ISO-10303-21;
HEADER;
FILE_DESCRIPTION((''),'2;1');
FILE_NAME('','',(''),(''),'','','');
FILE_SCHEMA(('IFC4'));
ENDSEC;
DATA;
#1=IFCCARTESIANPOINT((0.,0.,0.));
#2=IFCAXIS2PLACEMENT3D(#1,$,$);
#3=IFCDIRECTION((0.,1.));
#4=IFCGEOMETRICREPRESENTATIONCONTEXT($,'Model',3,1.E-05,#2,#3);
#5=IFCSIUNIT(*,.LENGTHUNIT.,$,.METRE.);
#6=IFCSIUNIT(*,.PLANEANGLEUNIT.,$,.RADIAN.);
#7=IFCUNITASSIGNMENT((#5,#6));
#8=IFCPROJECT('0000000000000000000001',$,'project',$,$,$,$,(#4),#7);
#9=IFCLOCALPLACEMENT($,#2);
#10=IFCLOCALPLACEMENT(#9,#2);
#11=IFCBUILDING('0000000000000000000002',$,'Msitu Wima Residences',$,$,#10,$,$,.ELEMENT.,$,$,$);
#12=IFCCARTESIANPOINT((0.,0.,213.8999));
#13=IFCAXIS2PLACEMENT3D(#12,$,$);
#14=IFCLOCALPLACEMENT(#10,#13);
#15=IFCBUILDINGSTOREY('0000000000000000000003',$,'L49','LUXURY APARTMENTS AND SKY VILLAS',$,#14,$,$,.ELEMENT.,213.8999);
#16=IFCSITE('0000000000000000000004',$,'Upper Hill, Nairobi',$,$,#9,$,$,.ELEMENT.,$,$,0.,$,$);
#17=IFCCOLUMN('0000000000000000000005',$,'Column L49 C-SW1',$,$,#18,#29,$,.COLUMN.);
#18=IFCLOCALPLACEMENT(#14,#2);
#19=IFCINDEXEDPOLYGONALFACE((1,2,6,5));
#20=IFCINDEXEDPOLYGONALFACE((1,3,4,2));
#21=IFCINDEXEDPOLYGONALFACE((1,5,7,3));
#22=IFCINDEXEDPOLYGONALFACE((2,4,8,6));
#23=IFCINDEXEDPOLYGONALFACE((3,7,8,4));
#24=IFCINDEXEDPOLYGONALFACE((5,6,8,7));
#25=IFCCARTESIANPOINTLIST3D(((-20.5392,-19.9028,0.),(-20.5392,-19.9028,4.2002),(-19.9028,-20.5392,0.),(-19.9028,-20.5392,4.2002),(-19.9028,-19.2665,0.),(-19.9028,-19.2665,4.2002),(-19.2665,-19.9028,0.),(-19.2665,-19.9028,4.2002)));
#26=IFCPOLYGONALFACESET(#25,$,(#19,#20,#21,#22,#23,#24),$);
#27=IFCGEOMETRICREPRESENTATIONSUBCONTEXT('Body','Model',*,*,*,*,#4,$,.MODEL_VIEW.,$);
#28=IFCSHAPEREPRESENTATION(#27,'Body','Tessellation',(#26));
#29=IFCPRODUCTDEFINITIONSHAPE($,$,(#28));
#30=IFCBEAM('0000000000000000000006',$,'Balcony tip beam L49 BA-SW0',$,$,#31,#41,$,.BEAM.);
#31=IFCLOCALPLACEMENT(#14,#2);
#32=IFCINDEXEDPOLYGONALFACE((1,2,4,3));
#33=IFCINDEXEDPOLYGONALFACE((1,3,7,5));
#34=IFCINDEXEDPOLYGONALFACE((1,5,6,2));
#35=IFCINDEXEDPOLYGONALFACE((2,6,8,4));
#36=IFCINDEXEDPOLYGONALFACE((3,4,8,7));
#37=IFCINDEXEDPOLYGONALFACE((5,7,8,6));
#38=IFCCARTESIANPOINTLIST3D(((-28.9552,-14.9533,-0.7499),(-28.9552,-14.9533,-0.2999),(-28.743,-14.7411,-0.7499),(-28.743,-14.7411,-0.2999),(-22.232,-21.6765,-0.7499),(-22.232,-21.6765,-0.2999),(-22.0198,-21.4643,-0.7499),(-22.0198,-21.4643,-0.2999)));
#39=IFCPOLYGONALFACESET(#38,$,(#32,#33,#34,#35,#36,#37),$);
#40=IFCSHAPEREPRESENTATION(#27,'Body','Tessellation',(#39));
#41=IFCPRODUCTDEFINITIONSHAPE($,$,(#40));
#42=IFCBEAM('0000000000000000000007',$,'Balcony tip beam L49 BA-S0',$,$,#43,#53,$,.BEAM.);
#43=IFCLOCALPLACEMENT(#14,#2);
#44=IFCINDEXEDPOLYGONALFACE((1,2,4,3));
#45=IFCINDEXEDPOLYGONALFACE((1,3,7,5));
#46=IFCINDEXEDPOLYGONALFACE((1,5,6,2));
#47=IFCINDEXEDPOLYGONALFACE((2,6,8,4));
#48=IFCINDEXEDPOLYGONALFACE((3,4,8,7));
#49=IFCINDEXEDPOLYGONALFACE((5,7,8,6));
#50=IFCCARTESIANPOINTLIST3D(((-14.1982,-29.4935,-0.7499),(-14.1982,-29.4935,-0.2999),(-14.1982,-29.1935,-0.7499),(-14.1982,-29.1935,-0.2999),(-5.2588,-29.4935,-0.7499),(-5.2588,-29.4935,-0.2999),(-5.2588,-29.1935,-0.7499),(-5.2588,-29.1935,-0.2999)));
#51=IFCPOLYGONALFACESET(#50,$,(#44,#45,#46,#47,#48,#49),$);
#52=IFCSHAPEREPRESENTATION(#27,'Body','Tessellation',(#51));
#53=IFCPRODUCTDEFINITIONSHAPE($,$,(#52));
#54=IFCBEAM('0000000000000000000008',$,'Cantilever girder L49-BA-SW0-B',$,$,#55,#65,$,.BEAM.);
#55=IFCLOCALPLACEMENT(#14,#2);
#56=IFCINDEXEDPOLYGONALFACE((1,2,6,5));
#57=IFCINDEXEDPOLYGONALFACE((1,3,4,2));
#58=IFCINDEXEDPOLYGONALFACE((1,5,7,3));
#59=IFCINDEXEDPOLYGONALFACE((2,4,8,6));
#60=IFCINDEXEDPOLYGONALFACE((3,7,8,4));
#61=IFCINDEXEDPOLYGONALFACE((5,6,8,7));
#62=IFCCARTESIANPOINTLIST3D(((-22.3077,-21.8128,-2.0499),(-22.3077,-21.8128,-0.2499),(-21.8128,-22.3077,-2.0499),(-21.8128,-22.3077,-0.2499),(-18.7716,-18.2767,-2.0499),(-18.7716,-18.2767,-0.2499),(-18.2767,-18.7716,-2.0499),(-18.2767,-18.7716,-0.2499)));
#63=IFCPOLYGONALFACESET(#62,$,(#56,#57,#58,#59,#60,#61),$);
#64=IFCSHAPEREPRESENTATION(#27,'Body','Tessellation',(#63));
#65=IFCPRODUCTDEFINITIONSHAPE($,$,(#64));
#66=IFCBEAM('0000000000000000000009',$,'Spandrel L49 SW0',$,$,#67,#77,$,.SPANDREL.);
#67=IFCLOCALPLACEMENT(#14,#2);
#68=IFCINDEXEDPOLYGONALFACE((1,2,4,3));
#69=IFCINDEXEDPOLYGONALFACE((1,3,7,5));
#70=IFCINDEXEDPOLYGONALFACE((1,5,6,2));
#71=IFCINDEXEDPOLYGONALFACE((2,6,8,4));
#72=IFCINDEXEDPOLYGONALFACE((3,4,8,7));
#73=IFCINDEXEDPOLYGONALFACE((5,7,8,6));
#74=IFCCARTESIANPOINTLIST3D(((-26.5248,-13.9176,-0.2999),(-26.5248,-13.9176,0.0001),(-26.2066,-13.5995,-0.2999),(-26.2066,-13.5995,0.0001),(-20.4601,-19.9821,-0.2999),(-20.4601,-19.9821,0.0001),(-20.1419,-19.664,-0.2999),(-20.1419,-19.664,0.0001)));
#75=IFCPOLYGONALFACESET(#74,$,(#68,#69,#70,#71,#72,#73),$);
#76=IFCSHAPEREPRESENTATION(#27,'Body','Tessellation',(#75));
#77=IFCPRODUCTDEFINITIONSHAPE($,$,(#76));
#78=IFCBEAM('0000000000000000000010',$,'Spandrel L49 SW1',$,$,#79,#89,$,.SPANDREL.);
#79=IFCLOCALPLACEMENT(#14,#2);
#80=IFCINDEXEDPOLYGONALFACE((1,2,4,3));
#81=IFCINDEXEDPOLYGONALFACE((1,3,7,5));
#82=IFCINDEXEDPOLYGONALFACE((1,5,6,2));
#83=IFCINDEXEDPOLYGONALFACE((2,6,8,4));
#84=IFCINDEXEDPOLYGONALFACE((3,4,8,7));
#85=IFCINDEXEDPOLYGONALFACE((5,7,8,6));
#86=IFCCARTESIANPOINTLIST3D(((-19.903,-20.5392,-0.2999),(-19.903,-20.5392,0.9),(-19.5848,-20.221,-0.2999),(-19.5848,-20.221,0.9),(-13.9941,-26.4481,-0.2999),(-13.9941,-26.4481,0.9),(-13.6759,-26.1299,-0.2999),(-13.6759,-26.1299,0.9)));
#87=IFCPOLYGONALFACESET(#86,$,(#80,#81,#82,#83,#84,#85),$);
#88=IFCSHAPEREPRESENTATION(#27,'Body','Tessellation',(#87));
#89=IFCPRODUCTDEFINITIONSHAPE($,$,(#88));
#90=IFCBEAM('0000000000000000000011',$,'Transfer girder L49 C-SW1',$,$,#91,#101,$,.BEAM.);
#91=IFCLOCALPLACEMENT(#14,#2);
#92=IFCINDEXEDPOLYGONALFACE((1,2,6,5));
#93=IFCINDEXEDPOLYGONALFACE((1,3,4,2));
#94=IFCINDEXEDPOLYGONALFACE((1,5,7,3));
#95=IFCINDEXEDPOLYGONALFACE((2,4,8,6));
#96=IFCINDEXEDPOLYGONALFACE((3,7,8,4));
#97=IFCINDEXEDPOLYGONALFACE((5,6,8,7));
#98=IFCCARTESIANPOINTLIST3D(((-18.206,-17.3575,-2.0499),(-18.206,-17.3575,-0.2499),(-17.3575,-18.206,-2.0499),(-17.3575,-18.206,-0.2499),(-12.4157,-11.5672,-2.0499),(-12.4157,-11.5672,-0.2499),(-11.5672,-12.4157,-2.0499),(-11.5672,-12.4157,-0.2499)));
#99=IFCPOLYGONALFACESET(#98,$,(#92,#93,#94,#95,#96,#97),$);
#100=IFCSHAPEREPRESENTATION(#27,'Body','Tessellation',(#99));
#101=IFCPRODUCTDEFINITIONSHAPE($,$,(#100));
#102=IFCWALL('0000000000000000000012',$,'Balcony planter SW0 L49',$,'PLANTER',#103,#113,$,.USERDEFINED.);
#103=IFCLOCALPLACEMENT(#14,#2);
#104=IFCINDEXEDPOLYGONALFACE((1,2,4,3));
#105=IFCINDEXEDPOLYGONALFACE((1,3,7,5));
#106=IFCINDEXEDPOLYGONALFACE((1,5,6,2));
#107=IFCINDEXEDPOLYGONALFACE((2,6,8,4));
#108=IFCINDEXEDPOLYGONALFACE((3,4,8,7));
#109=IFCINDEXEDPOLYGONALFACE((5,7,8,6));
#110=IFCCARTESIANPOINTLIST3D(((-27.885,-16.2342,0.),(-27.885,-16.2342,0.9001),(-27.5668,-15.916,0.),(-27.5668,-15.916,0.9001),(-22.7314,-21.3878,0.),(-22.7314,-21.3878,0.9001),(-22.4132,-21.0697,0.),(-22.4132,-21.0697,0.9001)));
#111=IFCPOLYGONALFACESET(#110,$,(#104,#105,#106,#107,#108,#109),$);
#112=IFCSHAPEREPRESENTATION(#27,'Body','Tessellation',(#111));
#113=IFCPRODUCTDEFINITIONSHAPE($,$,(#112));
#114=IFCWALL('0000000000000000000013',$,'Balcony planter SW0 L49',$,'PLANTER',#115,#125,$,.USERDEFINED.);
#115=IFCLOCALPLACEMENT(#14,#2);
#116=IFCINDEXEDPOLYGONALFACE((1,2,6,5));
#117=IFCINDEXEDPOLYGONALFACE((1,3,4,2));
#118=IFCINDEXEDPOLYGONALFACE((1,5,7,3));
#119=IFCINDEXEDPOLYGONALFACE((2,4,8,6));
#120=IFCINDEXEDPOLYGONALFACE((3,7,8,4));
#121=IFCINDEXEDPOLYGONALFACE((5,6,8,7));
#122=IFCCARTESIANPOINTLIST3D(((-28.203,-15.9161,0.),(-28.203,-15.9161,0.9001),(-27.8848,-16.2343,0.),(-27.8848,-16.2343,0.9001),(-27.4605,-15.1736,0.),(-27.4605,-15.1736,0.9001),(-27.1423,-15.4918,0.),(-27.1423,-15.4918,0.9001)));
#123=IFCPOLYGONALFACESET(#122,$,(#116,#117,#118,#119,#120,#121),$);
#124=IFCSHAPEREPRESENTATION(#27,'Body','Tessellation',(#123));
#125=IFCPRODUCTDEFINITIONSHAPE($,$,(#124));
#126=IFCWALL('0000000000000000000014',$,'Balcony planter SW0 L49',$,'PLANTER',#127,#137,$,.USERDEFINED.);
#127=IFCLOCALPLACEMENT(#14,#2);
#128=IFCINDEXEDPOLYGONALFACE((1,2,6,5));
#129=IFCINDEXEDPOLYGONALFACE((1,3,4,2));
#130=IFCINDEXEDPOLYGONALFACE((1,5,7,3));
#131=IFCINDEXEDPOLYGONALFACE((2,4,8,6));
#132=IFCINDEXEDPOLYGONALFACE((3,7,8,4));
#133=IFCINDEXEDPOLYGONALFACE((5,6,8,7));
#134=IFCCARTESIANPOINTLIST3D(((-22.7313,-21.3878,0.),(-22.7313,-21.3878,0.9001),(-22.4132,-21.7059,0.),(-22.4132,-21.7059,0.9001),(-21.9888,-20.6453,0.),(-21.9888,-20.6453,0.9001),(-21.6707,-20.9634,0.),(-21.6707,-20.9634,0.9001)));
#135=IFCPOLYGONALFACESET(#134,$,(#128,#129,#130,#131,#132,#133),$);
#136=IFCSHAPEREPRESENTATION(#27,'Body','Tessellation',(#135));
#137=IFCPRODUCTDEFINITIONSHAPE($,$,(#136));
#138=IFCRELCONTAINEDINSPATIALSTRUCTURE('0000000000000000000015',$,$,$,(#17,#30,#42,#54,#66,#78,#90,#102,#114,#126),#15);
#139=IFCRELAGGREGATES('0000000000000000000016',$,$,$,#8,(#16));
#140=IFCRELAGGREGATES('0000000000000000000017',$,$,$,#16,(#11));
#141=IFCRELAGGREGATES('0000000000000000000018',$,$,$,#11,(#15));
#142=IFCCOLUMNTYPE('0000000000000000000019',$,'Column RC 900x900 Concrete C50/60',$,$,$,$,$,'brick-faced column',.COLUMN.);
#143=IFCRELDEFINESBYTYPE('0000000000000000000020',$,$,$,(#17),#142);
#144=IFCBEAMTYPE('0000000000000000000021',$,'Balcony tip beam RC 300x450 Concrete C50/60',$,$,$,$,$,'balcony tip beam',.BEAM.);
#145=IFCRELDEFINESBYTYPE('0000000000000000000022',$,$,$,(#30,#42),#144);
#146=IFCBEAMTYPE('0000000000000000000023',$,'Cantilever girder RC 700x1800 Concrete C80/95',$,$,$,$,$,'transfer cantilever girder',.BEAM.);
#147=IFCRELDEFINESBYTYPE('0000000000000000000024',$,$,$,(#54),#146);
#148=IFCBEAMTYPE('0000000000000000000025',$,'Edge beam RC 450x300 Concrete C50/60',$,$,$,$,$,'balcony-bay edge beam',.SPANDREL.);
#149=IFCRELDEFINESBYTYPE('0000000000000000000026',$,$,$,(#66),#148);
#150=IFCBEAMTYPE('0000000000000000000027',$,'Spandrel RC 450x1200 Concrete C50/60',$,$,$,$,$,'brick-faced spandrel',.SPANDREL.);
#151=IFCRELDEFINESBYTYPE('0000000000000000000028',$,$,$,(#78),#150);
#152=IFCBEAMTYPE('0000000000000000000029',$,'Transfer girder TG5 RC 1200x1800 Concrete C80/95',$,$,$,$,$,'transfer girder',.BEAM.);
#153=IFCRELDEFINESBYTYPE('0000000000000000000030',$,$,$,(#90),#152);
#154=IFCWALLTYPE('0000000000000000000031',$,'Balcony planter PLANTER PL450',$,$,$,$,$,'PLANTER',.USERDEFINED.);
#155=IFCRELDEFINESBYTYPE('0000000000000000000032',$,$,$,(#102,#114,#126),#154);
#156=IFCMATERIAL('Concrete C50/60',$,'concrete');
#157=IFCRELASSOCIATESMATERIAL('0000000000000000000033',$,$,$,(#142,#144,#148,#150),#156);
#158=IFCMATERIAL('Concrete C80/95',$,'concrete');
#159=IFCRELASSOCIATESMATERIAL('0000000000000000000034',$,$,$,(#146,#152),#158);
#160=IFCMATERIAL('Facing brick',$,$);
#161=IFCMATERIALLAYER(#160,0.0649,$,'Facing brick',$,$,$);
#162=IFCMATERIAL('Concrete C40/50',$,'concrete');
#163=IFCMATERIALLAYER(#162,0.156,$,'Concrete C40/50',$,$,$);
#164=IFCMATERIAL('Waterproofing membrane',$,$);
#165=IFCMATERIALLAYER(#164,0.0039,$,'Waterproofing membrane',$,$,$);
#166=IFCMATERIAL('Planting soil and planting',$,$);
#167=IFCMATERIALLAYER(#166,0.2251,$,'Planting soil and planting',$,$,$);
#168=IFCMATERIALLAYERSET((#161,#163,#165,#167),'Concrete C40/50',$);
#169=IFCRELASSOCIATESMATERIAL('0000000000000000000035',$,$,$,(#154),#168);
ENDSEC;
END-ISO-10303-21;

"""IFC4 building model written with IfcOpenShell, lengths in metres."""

from ifc_helpers import new_model, si_unit, direction, frame, frame_2d, origin, origin_2d, place, context, subcontext, project, spatial, rectangle, extrude, material, layer, layer_set, material_profile, profile_set, type_object, element, save


model = new_model("IFC4")

# Units and contexts
model_context = context("Model", 3, precision=1e-05, world=origin(), true_north=direction((0.0, 1.0)))
body_context = subcontext(model_context, "Body", "Model", "MODEL_VIEW")
ifc_project = project(units=[si_unit("LENGTHUNIT", "METRE"), si_unit("PLANEANGLEUNIT", "RADIAN")], contexts=[model_context])

# Site, building, storey
site_placement = place(None, origin())
site = spatial("IfcSite", under=ifc_project, at=site_placement, Name="Upper Hill, Nairobi", CompositionType="ELEMENT", RefElevation=0.0)
building_placement = place(site_placement, origin())
building = spatial("IfcBuilding", under=site, at=building_placement, Name="Msitu Wima Residences", CompositionType="ELEMENT")
storey_placement = place(building_placement, frame((0.0, 0.0, 213.8999)))
storey = spatial("IfcBuildingStorey", under=building, at=storey_placement, Name="L49", Description="LUXURY APARTMENTS AND SKY VILLAS", CompositionType="ELEMENT", Elevation=213.8999)

# Column
ifc_material_1 = material(Name="Concrete C50/60", Category="concrete")
ifc_material_profile_1 = material_profile(ifc_material_1, rectangle(XDim=0.8999, YDim=0.8999, at=origin_2d()), Name="RC 900x900")
ifc_profile_set_1 = profile_set([ifc_material_profile_1], Name="Concrete C50/60")
column_type = type_object("IfcColumnType", Name="Column RC 900x900 Concrete C50/60", ElementType="brick-faced column", PredefinedType="COLUMN", material=ifc_profile_set_1)
column_placement = place(storey_placement, frame((-19.9028, -19.9028, 0.0), z_axis=(0.0, 0.0, 1.0), x_axis=(0.707107, -0.707107, 0.0)))
element("IfcColumn", 1, at=column_placement, inside=storey, type_object=column_type, Name="Column L49 C-SW1", PredefinedType="COLUMN", context=body_context, shape_type="SweptSolid", body=[
    extrude(rectangle(XDim=0.8999, YDim=0.8999, at=origin_2d()), origin(), (0.0, 0.0, 1.0), 4.2002),
])

# Beams
ifc_material_profile_2 = material_profile(ifc_material_1, rectangle(XDim=0.3, YDim=0.45, at=origin_2d()), Name="RC 300x450")
ifc_profile_set_2 = profile_set([ifc_material_profile_2], Name="Concrete C50/60")
beam_type_1 = type_object("IfcBeamType", Name="Balcony tip beam RC 300x450 Concrete C50/60", ElementType="balcony tip beam", PredefinedType="BEAM", material=ifc_profile_set_2)
beam_1_placement = place(storey_placement, frame((-28.8491, -14.8472, -0.5249), z_axis=(0.707107, -0.707107, 0.0), x_axis=(0.707107, 0.707107, 0.0)))
element("IfcBeam", 2, at=beam_1_placement, inside=storey, type_object=beam_type_1, Name="Balcony tip beam L49 BA-SW0", PredefinedType="BEAM", context=body_context, shape_type="SweptSolid", body=[
    extrude(rectangle(XDim=0.3, YDim=0.45, at=origin_2d()), origin(), (0.0, 0.0, 1.0), 9.5081),
])
beam_2_placement = place(storey_placement, frame((-14.1982, -29.3435, -0.5249), z_axis=(1.0, 0.0, 0.0), x_axis=(0.0, 1.0, 0.0)))
element("IfcBeam", 3, at=beam_2_placement, inside=storey, type_object=beam_type_1, Name="Balcony tip beam L49 BA-S0", PredefinedType="BEAM", context=body_context, shape_type="SweptSolid", body=[
    extrude(rectangle(XDim=0.3, YDim=0.45, at=origin_2d()), origin(), (0.0, 0.0, 1.0), 8.9395),
])
ifc_material_2 = material(Name="Concrete C80/95", Category="concrete")
ifc_material_profile_3 = material_profile(ifc_material_2, rectangle(XDim=0.7, YDim=1.8, at=origin_2d()), Name="RC 700x1800")
ifc_profile_set_3 = profile_set([ifc_material_profile_3], Name="Concrete C80/95")
beam_type_2 = type_object("IfcBeamType", Name="Cantilever girder RC 700x1800 Concrete C80/95", ElementType="transfer cantilever girder", PredefinedType="BEAM", material=ifc_profile_set_3)
beam_3_placement = place(storey_placement, frame((-18.5242, -18.5242, -1.1499), z_axis=(-0.707107, -0.707107, 0.0), x_axis=(0.707107, -0.707107, 0.0)))
element("IfcBeam", 4, at=beam_3_placement, inside=storey, type_object=beam_type_2, Name="Cantilever girder L49-BA-SW0-B", PredefinedType="BEAM", context=body_context, shape_type="SweptSolid", body=[
    extrude(rectangle(XDim=0.7, YDim=1.8, at=origin_2d()), origin(), (0.0, 0.0, 1.0), 5.0007),
])
ifc_material_profile_4 = material_profile(ifc_material_1, rectangle(XDim=0.45, YDim=0.3, at=origin_2d()), Name="RC 450x300")
ifc_profile_set_4 = profile_set([ifc_material_profile_4], Name="Concrete C50/60")
beam_type_3 = type_object("IfcBeamType", Name="Edge beam RC 450x300 Concrete C50/60", ElementType="balcony-bay edge beam", PredefinedType="SPANDREL", material=ifc_profile_set_4)
beam_4_placement = place(storey_placement, frame((-26.3657, -13.7585, -0.1499), z_axis=(0.707121, -0.707093, 0.0), x_axis=(0.707093, 0.707121, 0.0)))
element("IfcBeam", 5, at=beam_4_placement, inside=storey, type_object=beam_type_3, Name="Spandrel L49 SW0", PredefinedType="SPANDREL", context=body_context, shape_type="SweptSolid", body=[
    extrude(rectangle(XDim=0.45, YDim=0.3, at=origin_2d()), origin(), (0.0, 0.0, 1.0), 8.5767),
])
ifc_material_profile_5 = material_profile(ifc_material_1, rectangle(XDim=0.45, YDim=1.2, at=origin_2d()), Name="RC 450x1200")
ifc_profile_set_5 = profile_set([ifc_material_profile_5], Name="Concrete C50/60")
beam_type_4 = type_object("IfcBeamType", Name="Spandrel RC 450x1200 Concrete C50/60", ElementType="brick-faced spandrel", PredefinedType="SPANDREL", material=ifc_profile_set_5)
beam_5_placement = place(storey_placement, frame((-19.7439, -20.3801, 0.3), z_axis=(0.707107, -0.707107, 0.0), x_axis=(0.707107, 0.707107, 0.0)))
element("IfcBeam", 6, at=beam_5_placement, inside=storey, type_object=beam_type_4, Name="Spandrel L49 SW1", PredefinedType="SPANDREL", context=body_context, shape_type="SweptSolid", body=[
    extrude(rectangle(XDim=0.45, YDim=1.2, at=origin_2d()), origin(), (0.0, 0.0, 1.0), 8.3564),
])
ifc_material_profile_6 = material_profile(ifc_material_2, rectangle(XDim=1.2, YDim=1.8, at=origin_2d()), Name="RC 1200x1800")
ifc_profile_set_6 = profile_set([ifc_material_profile_6], Name="Concrete C80/95")
beam_type_5 = type_object("IfcBeamType", Name="Transfer girder TG5 RC 1200x1800 Concrete C80/95", ElementType="transfer girder", PredefinedType="BEAM", material=ifc_profile_set_6)
beam_6_placement = place(storey_placement, frame((-17.7817, -17.7817, -1.1499), z_axis=(0.707107, 0.707107, 0.0), x_axis=(-0.707107, 0.707107, 0.0)))
element("IfcBeam", 7, at=beam_6_placement, inside=storey, type_object=beam_type_5, Name="Transfer girder L49 C-SW1", PredefinedType="BEAM", context=body_context, shape_type="SweptSolid", body=[
    extrude(rectangle(XDim=1.2, YDim=1.8, at=origin_2d()), origin(), (0.0, 0.0, 1.0), 8.1887),
])

# Walls
ifc_material_3 = material(Name="Facing brick")
ifc_layer_1 = layer(ifc_material_3, 0.0649, Name="Facing brick")
ifc_material_4 = material(Name="Concrete C40/50", Category="concrete")
ifc_layer_2 = layer(ifc_material_4, 0.156, Name="Concrete C40/50")
ifc_material_5 = material(Name="Waterproofing membrane")
ifc_layer_3 = layer(ifc_material_5, 0.0039, Name="Waterproofing membrane")
ifc_material_6 = material(Name="Planting soil and planting")
ifc_layer_4 = layer(ifc_material_6, 0.2251, Name="Planting soil and planting")
ifc_layer_set_1 = layer_set([ifc_layer_1, ifc_layer_2, ifc_layer_3, ifc_layer_4], Name="Concrete C40/50")
wall_type_1 = type_object("IfcWallType", Name="Balcony planter PLANTER PL450", ElementType="PLANTER", PredefinedType="USERDEFINED", material=ifc_layer_set_1)
wall_1_placement = place(storey_placement, frame((-27.7258, -16.0752, 0.0), z_axis=(0.0, 0.0, 1.0), x_axis=(0.707107, -0.707107, 0.0)))
element("IfcWall", 8, at=wall_1_placement, inside=storey, type_object=wall_type_1, Name="Balcony planter SW0 L49", ObjectType="PLANTER", PredefinedType="USERDEFINED", context=body_context, shape_type="SweptSolid", body=[
    extrude(rectangle(XDim=7.2883, YDim=0.45, at=frame_2d((3.644, 0.0))), origin(), (0.0, 0.0, 1.0), 0.9001),
])
for number, where, z_axis, x_axis, name in (
    (9, (-27.3015, -15.3328, 0.0), (0.0, 0.0, 1.0), (-0.707107, -0.707107, 0.0), "Balcony planter SW0 L49"),
    (10, (-21.8298, -20.8044, 0.0), (0.0, 0.0, 1.0), (-0.707107, -0.707107, 0.0), "Balcony planter SW0 L49"),
):
    element("IfcWall", number, at=place(storey_placement, frame(where, z_axis=z_axis, x_axis=x_axis)), inside=storey, type_object=wall_type_1, Name=name, ObjectType="PLANTER", PredefinedType="USERDEFINED", context=body_context, shape_type="SweptSolid", body=[
        extrude(rectangle(XDim=1.05, YDim=0.45, at=frame_2d((0.5249, 0.0))), origin(), (0.0, 0.0, 1.0), 0.9001),
    ])

save(model, "model.ifc")
